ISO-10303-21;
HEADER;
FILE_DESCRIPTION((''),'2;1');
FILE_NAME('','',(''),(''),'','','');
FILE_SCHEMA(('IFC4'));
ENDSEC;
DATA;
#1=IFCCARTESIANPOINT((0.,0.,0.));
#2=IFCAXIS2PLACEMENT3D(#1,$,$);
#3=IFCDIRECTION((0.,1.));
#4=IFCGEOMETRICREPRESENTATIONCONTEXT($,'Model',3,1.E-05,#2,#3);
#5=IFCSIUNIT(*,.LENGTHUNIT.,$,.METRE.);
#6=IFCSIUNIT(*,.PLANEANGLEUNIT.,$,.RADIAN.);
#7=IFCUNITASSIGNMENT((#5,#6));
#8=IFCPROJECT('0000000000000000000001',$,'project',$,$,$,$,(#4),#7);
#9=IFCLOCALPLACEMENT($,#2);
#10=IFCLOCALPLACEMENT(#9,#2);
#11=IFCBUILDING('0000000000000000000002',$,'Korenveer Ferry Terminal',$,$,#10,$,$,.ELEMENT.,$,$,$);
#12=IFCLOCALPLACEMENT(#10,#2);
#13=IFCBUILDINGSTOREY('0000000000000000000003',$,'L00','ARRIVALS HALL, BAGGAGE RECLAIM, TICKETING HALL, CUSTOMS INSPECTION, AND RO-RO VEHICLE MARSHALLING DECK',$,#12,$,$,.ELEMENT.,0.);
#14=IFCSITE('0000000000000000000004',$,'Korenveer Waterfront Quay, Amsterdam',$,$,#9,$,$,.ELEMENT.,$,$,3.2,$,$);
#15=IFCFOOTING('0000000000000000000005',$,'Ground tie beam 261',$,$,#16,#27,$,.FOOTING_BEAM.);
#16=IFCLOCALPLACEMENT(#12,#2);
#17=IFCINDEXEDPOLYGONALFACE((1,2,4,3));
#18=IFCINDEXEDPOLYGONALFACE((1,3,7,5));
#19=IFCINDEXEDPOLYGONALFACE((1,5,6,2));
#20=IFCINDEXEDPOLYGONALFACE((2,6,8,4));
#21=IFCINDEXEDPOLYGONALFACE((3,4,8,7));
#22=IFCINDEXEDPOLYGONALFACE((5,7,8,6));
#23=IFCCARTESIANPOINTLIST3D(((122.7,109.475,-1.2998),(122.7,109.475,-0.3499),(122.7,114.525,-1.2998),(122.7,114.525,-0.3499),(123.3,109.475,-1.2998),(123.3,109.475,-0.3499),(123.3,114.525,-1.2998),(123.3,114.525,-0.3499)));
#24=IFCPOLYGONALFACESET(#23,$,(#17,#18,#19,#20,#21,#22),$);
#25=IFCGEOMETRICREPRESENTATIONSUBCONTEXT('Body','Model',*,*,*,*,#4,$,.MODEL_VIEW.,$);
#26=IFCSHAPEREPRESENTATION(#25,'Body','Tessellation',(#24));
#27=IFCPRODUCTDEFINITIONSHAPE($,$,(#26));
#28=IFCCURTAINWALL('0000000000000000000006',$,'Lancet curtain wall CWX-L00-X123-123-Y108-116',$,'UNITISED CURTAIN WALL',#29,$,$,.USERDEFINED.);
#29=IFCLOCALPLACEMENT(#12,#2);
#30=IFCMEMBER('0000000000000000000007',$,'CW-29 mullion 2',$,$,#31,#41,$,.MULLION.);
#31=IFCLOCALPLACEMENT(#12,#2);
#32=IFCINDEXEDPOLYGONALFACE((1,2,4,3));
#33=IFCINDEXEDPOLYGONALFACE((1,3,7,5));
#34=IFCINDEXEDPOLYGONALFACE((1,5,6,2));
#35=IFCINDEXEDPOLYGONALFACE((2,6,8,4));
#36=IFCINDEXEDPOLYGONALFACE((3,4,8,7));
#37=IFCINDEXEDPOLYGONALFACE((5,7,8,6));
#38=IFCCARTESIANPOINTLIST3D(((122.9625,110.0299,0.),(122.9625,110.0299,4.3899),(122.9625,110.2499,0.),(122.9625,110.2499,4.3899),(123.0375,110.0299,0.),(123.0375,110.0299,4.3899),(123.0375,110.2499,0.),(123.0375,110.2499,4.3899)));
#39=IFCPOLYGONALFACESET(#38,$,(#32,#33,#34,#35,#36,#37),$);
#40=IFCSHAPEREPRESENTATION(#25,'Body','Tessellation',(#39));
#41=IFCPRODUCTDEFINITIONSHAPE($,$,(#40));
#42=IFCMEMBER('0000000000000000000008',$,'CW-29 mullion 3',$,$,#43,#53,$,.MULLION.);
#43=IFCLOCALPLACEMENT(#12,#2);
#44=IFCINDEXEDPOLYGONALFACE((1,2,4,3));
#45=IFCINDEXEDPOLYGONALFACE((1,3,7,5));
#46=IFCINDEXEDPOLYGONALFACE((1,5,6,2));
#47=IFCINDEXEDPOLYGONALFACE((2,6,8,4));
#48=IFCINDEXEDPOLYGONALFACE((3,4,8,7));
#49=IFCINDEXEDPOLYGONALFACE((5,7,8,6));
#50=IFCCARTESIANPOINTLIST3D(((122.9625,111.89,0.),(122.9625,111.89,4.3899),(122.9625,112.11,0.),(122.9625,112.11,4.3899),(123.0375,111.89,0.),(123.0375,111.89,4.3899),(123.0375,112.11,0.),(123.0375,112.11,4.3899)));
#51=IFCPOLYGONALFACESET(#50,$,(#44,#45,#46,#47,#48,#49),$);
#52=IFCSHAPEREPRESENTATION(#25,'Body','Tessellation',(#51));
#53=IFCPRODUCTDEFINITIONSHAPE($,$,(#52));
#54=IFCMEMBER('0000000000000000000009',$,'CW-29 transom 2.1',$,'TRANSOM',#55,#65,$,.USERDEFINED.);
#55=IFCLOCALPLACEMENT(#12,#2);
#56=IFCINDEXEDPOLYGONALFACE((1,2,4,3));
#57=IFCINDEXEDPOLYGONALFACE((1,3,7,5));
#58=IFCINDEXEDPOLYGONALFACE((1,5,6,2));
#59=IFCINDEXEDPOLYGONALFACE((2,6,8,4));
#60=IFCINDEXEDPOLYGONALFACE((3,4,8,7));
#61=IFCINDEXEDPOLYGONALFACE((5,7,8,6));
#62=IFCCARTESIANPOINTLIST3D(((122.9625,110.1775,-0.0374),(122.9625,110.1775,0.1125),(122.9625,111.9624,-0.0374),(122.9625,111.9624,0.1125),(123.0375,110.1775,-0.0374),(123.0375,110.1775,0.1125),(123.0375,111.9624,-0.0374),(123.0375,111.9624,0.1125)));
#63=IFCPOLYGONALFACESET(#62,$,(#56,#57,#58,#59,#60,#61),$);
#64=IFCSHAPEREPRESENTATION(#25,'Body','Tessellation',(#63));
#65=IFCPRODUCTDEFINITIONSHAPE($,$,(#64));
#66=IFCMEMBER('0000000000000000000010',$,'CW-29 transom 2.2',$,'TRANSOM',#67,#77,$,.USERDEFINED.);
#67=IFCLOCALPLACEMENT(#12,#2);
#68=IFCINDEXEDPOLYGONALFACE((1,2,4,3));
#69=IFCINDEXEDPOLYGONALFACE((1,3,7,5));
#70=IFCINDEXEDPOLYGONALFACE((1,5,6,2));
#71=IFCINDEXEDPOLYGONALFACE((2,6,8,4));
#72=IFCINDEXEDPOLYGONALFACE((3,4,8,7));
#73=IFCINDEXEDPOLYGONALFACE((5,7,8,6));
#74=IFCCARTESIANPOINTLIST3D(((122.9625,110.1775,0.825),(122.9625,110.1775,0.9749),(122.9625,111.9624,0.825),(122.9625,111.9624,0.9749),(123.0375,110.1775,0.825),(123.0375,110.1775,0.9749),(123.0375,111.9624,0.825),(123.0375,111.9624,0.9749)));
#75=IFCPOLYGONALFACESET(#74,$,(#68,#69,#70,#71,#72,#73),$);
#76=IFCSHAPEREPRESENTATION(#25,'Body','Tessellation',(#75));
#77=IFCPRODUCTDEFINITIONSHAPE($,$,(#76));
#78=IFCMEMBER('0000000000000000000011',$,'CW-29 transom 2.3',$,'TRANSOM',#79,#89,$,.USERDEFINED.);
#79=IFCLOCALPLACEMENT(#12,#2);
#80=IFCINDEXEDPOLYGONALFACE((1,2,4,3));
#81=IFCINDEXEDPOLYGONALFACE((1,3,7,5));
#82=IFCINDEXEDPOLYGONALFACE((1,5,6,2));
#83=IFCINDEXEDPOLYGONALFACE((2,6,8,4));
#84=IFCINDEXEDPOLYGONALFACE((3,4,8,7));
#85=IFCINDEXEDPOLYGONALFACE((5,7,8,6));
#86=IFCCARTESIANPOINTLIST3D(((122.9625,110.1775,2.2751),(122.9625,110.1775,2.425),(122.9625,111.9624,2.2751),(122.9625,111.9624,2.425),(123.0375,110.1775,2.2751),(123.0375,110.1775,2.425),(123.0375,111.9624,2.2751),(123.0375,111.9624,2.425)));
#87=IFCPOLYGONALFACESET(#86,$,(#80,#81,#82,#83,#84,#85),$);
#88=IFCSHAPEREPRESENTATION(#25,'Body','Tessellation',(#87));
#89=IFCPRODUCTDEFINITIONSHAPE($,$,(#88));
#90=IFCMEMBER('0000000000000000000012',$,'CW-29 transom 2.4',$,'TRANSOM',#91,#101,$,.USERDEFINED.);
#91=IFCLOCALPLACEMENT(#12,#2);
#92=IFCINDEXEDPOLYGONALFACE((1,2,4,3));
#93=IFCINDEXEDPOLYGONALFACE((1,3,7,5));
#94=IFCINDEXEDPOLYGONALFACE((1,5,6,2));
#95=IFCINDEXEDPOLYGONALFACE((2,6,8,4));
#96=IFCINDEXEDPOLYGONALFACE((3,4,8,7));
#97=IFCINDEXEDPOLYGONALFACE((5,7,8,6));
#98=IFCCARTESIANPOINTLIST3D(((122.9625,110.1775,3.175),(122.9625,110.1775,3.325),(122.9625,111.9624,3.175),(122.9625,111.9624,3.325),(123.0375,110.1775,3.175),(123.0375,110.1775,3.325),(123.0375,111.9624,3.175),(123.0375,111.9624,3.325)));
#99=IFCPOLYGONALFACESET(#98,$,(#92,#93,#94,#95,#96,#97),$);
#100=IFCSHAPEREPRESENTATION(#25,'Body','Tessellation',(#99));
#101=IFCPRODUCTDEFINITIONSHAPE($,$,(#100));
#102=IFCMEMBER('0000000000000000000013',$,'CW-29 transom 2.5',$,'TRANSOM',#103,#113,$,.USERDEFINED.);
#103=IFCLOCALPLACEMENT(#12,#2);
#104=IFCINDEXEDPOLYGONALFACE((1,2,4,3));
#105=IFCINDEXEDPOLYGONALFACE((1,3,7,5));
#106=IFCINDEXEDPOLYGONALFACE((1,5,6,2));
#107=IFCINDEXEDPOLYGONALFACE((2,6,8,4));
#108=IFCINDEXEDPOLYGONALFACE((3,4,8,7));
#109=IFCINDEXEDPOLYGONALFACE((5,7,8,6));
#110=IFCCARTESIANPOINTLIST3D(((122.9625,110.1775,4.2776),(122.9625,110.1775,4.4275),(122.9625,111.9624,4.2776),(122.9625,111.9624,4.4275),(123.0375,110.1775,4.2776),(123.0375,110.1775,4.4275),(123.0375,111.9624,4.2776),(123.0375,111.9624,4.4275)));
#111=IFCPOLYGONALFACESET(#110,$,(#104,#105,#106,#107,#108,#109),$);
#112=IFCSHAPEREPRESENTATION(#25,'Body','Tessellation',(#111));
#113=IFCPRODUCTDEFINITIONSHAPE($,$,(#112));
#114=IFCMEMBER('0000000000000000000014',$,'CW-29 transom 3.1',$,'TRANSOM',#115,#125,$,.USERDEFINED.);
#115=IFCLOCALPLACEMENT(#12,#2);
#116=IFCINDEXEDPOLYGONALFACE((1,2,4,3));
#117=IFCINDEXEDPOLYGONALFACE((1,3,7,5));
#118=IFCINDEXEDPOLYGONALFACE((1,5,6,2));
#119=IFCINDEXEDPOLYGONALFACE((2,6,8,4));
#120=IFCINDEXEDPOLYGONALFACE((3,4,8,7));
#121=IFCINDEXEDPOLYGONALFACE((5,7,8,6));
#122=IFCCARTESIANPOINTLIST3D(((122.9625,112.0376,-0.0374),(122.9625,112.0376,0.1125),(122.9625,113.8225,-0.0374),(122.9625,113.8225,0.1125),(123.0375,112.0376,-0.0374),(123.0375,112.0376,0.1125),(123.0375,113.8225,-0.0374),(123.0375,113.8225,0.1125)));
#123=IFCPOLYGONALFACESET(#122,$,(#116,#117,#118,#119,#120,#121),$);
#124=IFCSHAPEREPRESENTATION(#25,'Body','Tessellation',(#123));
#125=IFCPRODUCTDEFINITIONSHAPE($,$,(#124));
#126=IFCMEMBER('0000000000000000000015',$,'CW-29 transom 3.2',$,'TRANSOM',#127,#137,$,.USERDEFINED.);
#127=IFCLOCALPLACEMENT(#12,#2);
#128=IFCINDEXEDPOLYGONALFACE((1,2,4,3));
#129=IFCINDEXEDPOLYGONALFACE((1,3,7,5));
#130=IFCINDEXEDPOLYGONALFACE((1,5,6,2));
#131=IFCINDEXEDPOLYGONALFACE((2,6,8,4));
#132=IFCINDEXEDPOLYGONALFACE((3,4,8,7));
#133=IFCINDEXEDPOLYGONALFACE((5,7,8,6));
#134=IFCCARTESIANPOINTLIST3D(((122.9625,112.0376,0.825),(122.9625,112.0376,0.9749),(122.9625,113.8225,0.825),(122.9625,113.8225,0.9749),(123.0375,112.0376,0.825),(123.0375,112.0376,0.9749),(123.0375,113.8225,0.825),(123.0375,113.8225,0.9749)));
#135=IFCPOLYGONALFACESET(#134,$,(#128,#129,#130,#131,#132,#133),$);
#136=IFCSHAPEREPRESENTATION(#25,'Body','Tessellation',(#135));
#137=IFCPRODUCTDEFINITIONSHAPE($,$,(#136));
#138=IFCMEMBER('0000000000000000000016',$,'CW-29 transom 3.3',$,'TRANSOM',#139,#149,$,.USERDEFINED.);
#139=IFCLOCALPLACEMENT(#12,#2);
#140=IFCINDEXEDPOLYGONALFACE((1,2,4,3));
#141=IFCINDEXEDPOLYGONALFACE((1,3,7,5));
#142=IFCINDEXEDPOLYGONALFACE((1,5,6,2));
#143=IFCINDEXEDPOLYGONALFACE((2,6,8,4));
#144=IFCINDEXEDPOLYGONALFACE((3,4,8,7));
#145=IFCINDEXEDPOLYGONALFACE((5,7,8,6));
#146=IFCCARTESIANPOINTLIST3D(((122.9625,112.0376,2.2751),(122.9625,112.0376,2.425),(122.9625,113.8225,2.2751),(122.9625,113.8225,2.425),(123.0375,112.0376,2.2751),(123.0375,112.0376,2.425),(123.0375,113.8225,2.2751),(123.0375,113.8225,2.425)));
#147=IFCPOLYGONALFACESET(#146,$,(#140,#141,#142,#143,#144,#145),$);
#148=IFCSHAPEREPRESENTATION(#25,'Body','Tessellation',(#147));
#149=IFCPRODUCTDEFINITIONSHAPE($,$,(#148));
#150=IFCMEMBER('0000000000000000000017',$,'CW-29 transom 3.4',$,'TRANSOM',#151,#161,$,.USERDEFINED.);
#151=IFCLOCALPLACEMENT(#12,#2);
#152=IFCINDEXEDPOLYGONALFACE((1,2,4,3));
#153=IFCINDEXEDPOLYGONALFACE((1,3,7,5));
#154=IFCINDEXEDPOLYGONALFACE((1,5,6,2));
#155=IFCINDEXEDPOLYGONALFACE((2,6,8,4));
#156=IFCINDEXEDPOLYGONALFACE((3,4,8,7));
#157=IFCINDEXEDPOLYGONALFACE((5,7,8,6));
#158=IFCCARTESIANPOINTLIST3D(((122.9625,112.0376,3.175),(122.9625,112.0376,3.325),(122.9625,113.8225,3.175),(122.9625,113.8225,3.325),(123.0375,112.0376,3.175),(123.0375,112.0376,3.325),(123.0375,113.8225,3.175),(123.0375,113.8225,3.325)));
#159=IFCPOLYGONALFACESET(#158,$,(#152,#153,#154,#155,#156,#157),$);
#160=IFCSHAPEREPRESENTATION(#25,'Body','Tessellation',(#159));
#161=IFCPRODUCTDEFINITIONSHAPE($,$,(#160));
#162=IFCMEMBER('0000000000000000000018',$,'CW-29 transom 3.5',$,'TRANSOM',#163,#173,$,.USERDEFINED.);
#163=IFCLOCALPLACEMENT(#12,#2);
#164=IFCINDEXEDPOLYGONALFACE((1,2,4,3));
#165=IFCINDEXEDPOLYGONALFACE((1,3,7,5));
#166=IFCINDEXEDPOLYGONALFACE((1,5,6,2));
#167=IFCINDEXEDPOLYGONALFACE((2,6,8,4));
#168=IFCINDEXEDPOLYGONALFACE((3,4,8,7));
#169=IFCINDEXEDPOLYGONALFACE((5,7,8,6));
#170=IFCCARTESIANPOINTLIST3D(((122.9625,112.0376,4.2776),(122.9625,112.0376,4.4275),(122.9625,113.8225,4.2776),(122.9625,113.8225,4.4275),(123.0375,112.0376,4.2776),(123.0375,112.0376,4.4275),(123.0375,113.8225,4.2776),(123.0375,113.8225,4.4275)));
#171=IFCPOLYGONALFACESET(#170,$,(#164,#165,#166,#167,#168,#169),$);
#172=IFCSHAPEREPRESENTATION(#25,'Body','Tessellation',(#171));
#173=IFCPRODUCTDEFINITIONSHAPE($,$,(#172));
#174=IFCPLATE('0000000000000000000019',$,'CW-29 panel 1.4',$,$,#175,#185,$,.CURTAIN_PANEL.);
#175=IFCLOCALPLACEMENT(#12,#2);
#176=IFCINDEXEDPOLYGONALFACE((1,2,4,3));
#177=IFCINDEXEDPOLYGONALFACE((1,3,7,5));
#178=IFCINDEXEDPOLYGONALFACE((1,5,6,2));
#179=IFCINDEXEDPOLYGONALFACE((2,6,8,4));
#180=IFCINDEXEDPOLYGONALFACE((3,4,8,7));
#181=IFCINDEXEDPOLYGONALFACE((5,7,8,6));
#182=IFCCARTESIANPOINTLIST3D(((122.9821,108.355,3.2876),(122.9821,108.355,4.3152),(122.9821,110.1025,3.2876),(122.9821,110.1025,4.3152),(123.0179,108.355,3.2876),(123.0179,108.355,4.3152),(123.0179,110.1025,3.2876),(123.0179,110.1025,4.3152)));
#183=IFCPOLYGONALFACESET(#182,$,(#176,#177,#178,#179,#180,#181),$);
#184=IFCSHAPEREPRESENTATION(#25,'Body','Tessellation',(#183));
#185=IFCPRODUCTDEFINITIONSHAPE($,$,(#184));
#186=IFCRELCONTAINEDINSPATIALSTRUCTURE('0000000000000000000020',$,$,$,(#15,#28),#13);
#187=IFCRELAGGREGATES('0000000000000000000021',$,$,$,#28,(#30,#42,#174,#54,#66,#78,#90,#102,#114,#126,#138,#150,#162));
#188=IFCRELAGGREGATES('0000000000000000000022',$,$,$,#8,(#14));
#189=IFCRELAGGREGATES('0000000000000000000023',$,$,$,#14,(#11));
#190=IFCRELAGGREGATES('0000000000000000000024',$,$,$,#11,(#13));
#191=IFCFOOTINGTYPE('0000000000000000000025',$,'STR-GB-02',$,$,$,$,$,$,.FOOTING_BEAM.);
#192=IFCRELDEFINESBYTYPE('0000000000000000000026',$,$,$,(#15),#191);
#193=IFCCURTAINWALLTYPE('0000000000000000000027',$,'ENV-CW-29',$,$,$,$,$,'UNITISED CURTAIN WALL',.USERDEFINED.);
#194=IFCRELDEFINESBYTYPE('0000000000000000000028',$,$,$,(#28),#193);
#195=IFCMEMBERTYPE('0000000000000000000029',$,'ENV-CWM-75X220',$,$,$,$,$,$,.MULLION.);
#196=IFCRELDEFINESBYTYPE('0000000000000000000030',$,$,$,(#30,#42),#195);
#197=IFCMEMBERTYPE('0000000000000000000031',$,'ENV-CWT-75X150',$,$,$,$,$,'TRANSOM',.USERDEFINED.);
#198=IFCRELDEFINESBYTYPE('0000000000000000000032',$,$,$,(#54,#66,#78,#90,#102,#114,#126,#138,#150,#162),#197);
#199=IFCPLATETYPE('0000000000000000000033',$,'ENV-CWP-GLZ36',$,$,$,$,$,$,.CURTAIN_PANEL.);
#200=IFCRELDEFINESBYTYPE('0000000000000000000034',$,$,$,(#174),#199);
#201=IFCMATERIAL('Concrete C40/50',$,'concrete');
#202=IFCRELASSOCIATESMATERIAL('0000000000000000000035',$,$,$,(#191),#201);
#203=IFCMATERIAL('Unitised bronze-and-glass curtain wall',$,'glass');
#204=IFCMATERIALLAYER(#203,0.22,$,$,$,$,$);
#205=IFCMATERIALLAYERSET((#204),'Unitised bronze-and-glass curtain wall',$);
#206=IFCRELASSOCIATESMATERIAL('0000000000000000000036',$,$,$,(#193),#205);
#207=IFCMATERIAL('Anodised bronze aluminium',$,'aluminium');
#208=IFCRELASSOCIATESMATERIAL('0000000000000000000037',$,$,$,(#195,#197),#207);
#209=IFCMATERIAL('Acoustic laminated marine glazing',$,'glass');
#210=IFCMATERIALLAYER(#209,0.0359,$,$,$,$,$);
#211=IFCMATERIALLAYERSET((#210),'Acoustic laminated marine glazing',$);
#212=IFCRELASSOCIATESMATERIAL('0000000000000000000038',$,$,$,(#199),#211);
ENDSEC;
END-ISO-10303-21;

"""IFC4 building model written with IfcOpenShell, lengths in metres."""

from ifc_helpers import new_model, si_unit, direction, frame, origin, origin_2d, place, context, subcontext, project, spatial, rectangle, extrude, material, layer, layer_set, material_profile, profile_set, type_object, element, aggregate, save


model = new_model("IFC4")

# Units and contexts
model_context = context("Model", 3, precision=1e-05, world=origin(), true_north=direction((0.0, 1.0)))
body_context = subcontext(model_context, "Body", "Model", "MODEL_VIEW")
ifc_project = project(units=[si_unit("LENGTHUNIT", "METRE"), si_unit("PLANEANGLEUNIT", "RADIAN")], contexts=[model_context])

# Site, building, storey
site_placement = place(None, origin())
site = spatial("IfcSite", under=ifc_project, at=site_placement, Name="Korenveer Waterfront Quay, Amsterdam", CompositionType="ELEMENT", RefElevation=3.2)
building_placement = place(site_placement, origin())
building = spatial("IfcBuilding", under=site, at=building_placement, Name="Korenveer Ferry Terminal", CompositionType="ELEMENT")
storey_placement = place(building_placement, origin())
storey = spatial("IfcBuildingStorey", under=building, at=storey_placement, Name="L00", Description="ARRIVALS HALL, BAGGAGE RECLAIM, TICKETING HALL, CUSTOMS INSPECTION, AND RO-RO VEHICLE MARSHALLING DECK", CompositionType="ELEMENT", Elevation=0.0)

# Footing
ifc_material_1 = material(Name="Concrete C40/50", Category="concrete")
footing_type = type_object("IfcFootingType", Name="STR-GB-02", PredefinedType="FOOTING_BEAM", material=ifc_material_1)
footing_placement = place(storey_placement, frame((123.0, 112.0, -1.2998), z_axis=(0.0, 0.0, 1.0), x_axis=(1.0, 0.0, 0.0)))
element("IfcFooting", 1, at=footing_placement, inside=storey, type_object=footing_type, Name="Ground tie beam 261", PredefinedType="FOOTING_BEAM", context=body_context, shape_type="SweptSolid", body=[
    extrude(rectangle(XDim=0.6001, YDim=5.05, at=origin_2d()), origin(), (0.0, 0.0, 1.0), 0.95),
])

# Curtain wall, members, plate
ifc_material_2 = material(Name="Unitised bronze-and-glass curtain wall", Category="glass")
ifc_layer_1 = layer(ifc_material_2, 0.22)
ifc_layer_set_1 = layer_set([ifc_layer_1], Name="Unitised bronze-and-glass curtain wall")
curtain_wall_type = type_object("IfcCurtainWallType", Name="ENV-CW-29", ElementType="UNITISED CURTAIN WALL", PredefinedType="USERDEFINED", material=ifc_layer_set_1)
curtain_wall_placement = place(storey_placement, frame((123.0, 108.28, 0.0)))
curtain_wall = element("IfcCurtainWall", 2, at=curtain_wall_placement, inside=storey, type_object=curtain_wall_type, Name="Lancet curtain wall CWX-L00-X123-123-Y108-116", ObjectType="UNITISED CURTAIN WALL", PredefinedType="USERDEFINED")
ifc_material_3 = material(Name="Anodised bronze aluminium", Category="aluminium")
ifc_material_profile_1 = material_profile(ifc_material_3, rectangle(XDim=0.075, YDim=0.22, at=origin_2d()), Name="ALU 75x220")
ifc_profile_set_1 = profile_set([ifc_material_profile_1], Name="Anodised bronze aluminium")
member_type_1 = type_object("IfcMemberType", Name="ENV-CWM-75X220", PredefinedType="MULLION", material=ifc_profile_set_1)
member_1_placement = place(storey_placement, frame((123.0, 110.1399, 0.0), z_axis=(0.0, 0.0, 1.0), x_axis=(-1.0, 0.0, 0.0)))
member_1 = element("IfcMember", 3, at=member_1_placement, type_object=member_type_1, Name="CW-29 mullion 2", PredefinedType="MULLION", context=body_context, shape_type="SweptSolid", body=[
    extrude(rectangle(XDim=0.075, YDim=0.22, at=origin_2d()), origin(), (0.0, 0.0, 1.0), 4.3899),
])
member_2_placement = place(storey_placement, frame((123.0, 112.0, 0.0), z_axis=(0.0, 0.0, 1.0), x_axis=(-1.0, 0.0, 0.0)))
member_2 = element("IfcMember", 4, at=member_2_placement, type_object=member_type_1, Name="CW-29 mullion 3", PredefinedType="MULLION", context=body_context, shape_type="SweptSolid", body=[
    extrude(rectangle(XDim=0.075, YDim=0.22, at=origin_2d()), origin(), (0.0, 0.0, 1.0), 4.3899),
])
ifc_material_profile_2 = material_profile(ifc_material_3, rectangle(XDim=0.075, YDim=0.1499, at=origin_2d()), Name="ALU 75x150")
ifc_profile_set_2 = profile_set([ifc_material_profile_2], Name="Anodised bronze aluminium")
member_type_2 = type_object("IfcMemberType", Name="ENV-CWT-75X150", ElementType="TRANSOM", PredefinedType="USERDEFINED", material=ifc_profile_set_2)
member_3_placement = place(storey_placement, frame((123.0, 110.1775, 0.0376), z_axis=(0.0, 1.0, 0.0), x_axis=(-1.0, 0.0, 0.0)))
member_3 = element("IfcMember", 5, at=member_3_placement, type_object=member_type_2, Name="CW-29 transom 2.1", ObjectType="TRANSOM", PredefinedType="USERDEFINED", context=body_context, shape_type="SweptSolid", body=[
    extrude(rectangle(XDim=0.075, YDim=0.1499, at=origin_2d()), origin(), (0.0, 0.0, 1.0), 1.7849),
])
member_4_placement = place(storey_placement, frame((123.0, 110.1775, 0.8999), z_axis=(0.0, 1.0, 0.0), x_axis=(-1.0, 0.0, 0.0)))
member_4 = element("IfcMember", 6, at=member_4_placement, type_object=member_type_2, Name="CW-29 transom 2.2", ObjectType="TRANSOM", PredefinedType="USERDEFINED", context=body_context, shape_type="SweptSolid", body=[
    extrude(rectangle(XDim=0.075, YDim=0.1499, at=origin_2d()), origin(), (0.0, 0.0, 1.0), 1.7849),
])
member_5_placement = place(storey_placement, frame((123.0, 110.1775, 2.3501), z_axis=(0.0, 1.0, 0.0), x_axis=(-1.0, 0.0, 0.0)))
member_5 = element("IfcMember", 7, at=member_5_placement, type_object=member_type_2, Name="CW-29 transom 2.3", ObjectType="TRANSOM", PredefinedType="USERDEFINED", context=body_context, shape_type="SweptSolid", body=[
    extrude(rectangle(XDim=0.075, YDim=0.1499, at=origin_2d()), origin(), (0.0, 0.0, 1.0), 1.7849),
])
member_6_placement = place(storey_placement, frame((123.0, 110.1775, 3.25), z_axis=(0.0, 1.0, 0.0), x_axis=(-1.0, 0.0, 0.0)))
member_6 = element("IfcMember", 8, at=member_6_placement, type_object=member_type_2, Name="CW-29 transom 2.4", ObjectType="TRANSOM", PredefinedType="USERDEFINED", context=body_context, shape_type="SweptSolid", body=[
    extrude(rectangle(XDim=0.075, YDim=0.1499, at=origin_2d()), origin(), (0.0, 0.0, 1.0), 1.7849),
])
member_7_placement = place(storey_placement, frame((123.0, 110.1775, 4.3525), z_axis=(0.0, 1.0, 0.0), x_axis=(-1.0, 0.0, 0.0)))
member_7 = element("IfcMember", 9, at=member_7_placement, type_object=member_type_2, Name="CW-29 transom 2.5", ObjectType="TRANSOM", PredefinedType="USERDEFINED", context=body_context, shape_type="SweptSolid", body=[
    extrude(rectangle(XDim=0.075, YDim=0.1499, at=origin_2d()), origin(), (0.0, 0.0, 1.0), 1.7849),
])
member_8_placement = place(storey_placement, frame((123.0, 112.0376, 0.0376), z_axis=(0.0, 1.0, 0.0), x_axis=(-1.0, 0.0, 0.0)))
member_8 = element("IfcMember", 10, at=member_8_placement, type_object=member_type_2, Name="CW-29 transom 3.1", ObjectType="TRANSOM", PredefinedType="USERDEFINED", context=body_context, shape_type="SweptSolid", body=[
    extrude(rectangle(XDim=0.075, YDim=0.1499, at=origin_2d()), origin(), (0.0, 0.0, 1.0), 1.7849),
])
member_9_placement = place(storey_placement, frame((123.0, 112.0376, 0.8999), z_axis=(0.0, 1.0, 0.0), x_axis=(-1.0, 0.0, 0.0)))
member_9 = element("IfcMember", 11, at=member_9_placement, type_object=member_type_2, Name="CW-29 transom 3.2", ObjectType="TRANSOM", PredefinedType="USERDEFINED", context=body_context, shape_type="SweptSolid", body=[
    extrude(rectangle(XDim=0.075, YDim=0.1499, at=origin_2d()), origin(), (0.0, 0.0, 1.0), 1.7849),
])
member_10_placement = place(storey_placement, frame((123.0, 112.0376, 2.3501), z_axis=(0.0, 1.0, 0.0), x_axis=(-1.0, 0.0, 0.0)))
member_10 = element("IfcMember", 12, at=member_10_placement, type_object=member_type_2, Name="CW-29 transom 3.3", ObjectType="TRANSOM", PredefinedType="USERDEFINED", context=body_context, shape_type="SweptSolid", body=[
    extrude(rectangle(XDim=0.075, YDim=0.1499, at=origin_2d()), origin(), (0.0, 0.0, 1.0), 1.7849),
])
member_11_placement = place(storey_placement, frame((123.0, 112.0376, 3.25), z_axis=(0.0, 1.0, 0.0), x_axis=(-1.0, 0.0, 0.0)))
member_11 = element("IfcMember", 13, at=member_11_placement, type_object=member_type_2, Name="CW-29 transom 3.4", ObjectType="TRANSOM", PredefinedType="USERDEFINED", context=body_context, shape_type="SweptSolid", body=[
    extrude(rectangle(XDim=0.075, YDim=0.1499, at=origin_2d()), origin(), (0.0, 0.0, 1.0), 1.7849),
])
member_12_placement = place(storey_placement, frame((123.0, 112.0376, 4.3525), z_axis=(0.0, 1.0, 0.0), x_axis=(-1.0, 0.0, 0.0)))
member_12 = element("IfcMember", 14, at=member_12_placement, type_object=member_type_2, Name="CW-29 transom 3.5", ObjectType="TRANSOM", PredefinedType="USERDEFINED", context=body_context, shape_type="SweptSolid", body=[
    extrude(rectangle(XDim=0.075, YDim=0.1499, at=origin_2d()), origin(), (0.0, 0.0, 1.0), 1.7849),
])
ifc_material_4 = material(Name="Acoustic laminated marine glazing", Category="glass")
ifc_layer_2 = layer(ifc_material_4, 0.0359)
ifc_layer_set_2 = layer_set([ifc_layer_2], Name="Acoustic laminated marine glazing")
plate_type = type_object("IfcPlateType", Name="ENV-CWP-GLZ36", PredefinedType="CURTAIN_PANEL", material=ifc_layer_set_2)
plate_1_placement = place(storey_placement, frame((123.0, 109.2288, 3.2876), z_axis=(0.0, 0.0, 1.0), x_axis=(0.0, 1.0, 0.0)))
plate_1 = element("IfcPlate", 15, at=plate_1_placement, type_object=plate_type, Name="CW-29 panel 1.4", PredefinedType="CURTAIN_PANEL", context=body_context, shape_type="SweptSolid", body=[
    extrude(rectangle(XDim=1.7476, YDim=0.0359, at=origin_2d()), origin(), (0.0, 0.0, 1.0), 1.0276),
])
aggregate(curtain_wall, [member_1, member_2, plate_1, member_3, member_4, member_5, member_6, member_7, member_8, member_9, member_10, member_11, member_12])

save(model, "model.ifc")
